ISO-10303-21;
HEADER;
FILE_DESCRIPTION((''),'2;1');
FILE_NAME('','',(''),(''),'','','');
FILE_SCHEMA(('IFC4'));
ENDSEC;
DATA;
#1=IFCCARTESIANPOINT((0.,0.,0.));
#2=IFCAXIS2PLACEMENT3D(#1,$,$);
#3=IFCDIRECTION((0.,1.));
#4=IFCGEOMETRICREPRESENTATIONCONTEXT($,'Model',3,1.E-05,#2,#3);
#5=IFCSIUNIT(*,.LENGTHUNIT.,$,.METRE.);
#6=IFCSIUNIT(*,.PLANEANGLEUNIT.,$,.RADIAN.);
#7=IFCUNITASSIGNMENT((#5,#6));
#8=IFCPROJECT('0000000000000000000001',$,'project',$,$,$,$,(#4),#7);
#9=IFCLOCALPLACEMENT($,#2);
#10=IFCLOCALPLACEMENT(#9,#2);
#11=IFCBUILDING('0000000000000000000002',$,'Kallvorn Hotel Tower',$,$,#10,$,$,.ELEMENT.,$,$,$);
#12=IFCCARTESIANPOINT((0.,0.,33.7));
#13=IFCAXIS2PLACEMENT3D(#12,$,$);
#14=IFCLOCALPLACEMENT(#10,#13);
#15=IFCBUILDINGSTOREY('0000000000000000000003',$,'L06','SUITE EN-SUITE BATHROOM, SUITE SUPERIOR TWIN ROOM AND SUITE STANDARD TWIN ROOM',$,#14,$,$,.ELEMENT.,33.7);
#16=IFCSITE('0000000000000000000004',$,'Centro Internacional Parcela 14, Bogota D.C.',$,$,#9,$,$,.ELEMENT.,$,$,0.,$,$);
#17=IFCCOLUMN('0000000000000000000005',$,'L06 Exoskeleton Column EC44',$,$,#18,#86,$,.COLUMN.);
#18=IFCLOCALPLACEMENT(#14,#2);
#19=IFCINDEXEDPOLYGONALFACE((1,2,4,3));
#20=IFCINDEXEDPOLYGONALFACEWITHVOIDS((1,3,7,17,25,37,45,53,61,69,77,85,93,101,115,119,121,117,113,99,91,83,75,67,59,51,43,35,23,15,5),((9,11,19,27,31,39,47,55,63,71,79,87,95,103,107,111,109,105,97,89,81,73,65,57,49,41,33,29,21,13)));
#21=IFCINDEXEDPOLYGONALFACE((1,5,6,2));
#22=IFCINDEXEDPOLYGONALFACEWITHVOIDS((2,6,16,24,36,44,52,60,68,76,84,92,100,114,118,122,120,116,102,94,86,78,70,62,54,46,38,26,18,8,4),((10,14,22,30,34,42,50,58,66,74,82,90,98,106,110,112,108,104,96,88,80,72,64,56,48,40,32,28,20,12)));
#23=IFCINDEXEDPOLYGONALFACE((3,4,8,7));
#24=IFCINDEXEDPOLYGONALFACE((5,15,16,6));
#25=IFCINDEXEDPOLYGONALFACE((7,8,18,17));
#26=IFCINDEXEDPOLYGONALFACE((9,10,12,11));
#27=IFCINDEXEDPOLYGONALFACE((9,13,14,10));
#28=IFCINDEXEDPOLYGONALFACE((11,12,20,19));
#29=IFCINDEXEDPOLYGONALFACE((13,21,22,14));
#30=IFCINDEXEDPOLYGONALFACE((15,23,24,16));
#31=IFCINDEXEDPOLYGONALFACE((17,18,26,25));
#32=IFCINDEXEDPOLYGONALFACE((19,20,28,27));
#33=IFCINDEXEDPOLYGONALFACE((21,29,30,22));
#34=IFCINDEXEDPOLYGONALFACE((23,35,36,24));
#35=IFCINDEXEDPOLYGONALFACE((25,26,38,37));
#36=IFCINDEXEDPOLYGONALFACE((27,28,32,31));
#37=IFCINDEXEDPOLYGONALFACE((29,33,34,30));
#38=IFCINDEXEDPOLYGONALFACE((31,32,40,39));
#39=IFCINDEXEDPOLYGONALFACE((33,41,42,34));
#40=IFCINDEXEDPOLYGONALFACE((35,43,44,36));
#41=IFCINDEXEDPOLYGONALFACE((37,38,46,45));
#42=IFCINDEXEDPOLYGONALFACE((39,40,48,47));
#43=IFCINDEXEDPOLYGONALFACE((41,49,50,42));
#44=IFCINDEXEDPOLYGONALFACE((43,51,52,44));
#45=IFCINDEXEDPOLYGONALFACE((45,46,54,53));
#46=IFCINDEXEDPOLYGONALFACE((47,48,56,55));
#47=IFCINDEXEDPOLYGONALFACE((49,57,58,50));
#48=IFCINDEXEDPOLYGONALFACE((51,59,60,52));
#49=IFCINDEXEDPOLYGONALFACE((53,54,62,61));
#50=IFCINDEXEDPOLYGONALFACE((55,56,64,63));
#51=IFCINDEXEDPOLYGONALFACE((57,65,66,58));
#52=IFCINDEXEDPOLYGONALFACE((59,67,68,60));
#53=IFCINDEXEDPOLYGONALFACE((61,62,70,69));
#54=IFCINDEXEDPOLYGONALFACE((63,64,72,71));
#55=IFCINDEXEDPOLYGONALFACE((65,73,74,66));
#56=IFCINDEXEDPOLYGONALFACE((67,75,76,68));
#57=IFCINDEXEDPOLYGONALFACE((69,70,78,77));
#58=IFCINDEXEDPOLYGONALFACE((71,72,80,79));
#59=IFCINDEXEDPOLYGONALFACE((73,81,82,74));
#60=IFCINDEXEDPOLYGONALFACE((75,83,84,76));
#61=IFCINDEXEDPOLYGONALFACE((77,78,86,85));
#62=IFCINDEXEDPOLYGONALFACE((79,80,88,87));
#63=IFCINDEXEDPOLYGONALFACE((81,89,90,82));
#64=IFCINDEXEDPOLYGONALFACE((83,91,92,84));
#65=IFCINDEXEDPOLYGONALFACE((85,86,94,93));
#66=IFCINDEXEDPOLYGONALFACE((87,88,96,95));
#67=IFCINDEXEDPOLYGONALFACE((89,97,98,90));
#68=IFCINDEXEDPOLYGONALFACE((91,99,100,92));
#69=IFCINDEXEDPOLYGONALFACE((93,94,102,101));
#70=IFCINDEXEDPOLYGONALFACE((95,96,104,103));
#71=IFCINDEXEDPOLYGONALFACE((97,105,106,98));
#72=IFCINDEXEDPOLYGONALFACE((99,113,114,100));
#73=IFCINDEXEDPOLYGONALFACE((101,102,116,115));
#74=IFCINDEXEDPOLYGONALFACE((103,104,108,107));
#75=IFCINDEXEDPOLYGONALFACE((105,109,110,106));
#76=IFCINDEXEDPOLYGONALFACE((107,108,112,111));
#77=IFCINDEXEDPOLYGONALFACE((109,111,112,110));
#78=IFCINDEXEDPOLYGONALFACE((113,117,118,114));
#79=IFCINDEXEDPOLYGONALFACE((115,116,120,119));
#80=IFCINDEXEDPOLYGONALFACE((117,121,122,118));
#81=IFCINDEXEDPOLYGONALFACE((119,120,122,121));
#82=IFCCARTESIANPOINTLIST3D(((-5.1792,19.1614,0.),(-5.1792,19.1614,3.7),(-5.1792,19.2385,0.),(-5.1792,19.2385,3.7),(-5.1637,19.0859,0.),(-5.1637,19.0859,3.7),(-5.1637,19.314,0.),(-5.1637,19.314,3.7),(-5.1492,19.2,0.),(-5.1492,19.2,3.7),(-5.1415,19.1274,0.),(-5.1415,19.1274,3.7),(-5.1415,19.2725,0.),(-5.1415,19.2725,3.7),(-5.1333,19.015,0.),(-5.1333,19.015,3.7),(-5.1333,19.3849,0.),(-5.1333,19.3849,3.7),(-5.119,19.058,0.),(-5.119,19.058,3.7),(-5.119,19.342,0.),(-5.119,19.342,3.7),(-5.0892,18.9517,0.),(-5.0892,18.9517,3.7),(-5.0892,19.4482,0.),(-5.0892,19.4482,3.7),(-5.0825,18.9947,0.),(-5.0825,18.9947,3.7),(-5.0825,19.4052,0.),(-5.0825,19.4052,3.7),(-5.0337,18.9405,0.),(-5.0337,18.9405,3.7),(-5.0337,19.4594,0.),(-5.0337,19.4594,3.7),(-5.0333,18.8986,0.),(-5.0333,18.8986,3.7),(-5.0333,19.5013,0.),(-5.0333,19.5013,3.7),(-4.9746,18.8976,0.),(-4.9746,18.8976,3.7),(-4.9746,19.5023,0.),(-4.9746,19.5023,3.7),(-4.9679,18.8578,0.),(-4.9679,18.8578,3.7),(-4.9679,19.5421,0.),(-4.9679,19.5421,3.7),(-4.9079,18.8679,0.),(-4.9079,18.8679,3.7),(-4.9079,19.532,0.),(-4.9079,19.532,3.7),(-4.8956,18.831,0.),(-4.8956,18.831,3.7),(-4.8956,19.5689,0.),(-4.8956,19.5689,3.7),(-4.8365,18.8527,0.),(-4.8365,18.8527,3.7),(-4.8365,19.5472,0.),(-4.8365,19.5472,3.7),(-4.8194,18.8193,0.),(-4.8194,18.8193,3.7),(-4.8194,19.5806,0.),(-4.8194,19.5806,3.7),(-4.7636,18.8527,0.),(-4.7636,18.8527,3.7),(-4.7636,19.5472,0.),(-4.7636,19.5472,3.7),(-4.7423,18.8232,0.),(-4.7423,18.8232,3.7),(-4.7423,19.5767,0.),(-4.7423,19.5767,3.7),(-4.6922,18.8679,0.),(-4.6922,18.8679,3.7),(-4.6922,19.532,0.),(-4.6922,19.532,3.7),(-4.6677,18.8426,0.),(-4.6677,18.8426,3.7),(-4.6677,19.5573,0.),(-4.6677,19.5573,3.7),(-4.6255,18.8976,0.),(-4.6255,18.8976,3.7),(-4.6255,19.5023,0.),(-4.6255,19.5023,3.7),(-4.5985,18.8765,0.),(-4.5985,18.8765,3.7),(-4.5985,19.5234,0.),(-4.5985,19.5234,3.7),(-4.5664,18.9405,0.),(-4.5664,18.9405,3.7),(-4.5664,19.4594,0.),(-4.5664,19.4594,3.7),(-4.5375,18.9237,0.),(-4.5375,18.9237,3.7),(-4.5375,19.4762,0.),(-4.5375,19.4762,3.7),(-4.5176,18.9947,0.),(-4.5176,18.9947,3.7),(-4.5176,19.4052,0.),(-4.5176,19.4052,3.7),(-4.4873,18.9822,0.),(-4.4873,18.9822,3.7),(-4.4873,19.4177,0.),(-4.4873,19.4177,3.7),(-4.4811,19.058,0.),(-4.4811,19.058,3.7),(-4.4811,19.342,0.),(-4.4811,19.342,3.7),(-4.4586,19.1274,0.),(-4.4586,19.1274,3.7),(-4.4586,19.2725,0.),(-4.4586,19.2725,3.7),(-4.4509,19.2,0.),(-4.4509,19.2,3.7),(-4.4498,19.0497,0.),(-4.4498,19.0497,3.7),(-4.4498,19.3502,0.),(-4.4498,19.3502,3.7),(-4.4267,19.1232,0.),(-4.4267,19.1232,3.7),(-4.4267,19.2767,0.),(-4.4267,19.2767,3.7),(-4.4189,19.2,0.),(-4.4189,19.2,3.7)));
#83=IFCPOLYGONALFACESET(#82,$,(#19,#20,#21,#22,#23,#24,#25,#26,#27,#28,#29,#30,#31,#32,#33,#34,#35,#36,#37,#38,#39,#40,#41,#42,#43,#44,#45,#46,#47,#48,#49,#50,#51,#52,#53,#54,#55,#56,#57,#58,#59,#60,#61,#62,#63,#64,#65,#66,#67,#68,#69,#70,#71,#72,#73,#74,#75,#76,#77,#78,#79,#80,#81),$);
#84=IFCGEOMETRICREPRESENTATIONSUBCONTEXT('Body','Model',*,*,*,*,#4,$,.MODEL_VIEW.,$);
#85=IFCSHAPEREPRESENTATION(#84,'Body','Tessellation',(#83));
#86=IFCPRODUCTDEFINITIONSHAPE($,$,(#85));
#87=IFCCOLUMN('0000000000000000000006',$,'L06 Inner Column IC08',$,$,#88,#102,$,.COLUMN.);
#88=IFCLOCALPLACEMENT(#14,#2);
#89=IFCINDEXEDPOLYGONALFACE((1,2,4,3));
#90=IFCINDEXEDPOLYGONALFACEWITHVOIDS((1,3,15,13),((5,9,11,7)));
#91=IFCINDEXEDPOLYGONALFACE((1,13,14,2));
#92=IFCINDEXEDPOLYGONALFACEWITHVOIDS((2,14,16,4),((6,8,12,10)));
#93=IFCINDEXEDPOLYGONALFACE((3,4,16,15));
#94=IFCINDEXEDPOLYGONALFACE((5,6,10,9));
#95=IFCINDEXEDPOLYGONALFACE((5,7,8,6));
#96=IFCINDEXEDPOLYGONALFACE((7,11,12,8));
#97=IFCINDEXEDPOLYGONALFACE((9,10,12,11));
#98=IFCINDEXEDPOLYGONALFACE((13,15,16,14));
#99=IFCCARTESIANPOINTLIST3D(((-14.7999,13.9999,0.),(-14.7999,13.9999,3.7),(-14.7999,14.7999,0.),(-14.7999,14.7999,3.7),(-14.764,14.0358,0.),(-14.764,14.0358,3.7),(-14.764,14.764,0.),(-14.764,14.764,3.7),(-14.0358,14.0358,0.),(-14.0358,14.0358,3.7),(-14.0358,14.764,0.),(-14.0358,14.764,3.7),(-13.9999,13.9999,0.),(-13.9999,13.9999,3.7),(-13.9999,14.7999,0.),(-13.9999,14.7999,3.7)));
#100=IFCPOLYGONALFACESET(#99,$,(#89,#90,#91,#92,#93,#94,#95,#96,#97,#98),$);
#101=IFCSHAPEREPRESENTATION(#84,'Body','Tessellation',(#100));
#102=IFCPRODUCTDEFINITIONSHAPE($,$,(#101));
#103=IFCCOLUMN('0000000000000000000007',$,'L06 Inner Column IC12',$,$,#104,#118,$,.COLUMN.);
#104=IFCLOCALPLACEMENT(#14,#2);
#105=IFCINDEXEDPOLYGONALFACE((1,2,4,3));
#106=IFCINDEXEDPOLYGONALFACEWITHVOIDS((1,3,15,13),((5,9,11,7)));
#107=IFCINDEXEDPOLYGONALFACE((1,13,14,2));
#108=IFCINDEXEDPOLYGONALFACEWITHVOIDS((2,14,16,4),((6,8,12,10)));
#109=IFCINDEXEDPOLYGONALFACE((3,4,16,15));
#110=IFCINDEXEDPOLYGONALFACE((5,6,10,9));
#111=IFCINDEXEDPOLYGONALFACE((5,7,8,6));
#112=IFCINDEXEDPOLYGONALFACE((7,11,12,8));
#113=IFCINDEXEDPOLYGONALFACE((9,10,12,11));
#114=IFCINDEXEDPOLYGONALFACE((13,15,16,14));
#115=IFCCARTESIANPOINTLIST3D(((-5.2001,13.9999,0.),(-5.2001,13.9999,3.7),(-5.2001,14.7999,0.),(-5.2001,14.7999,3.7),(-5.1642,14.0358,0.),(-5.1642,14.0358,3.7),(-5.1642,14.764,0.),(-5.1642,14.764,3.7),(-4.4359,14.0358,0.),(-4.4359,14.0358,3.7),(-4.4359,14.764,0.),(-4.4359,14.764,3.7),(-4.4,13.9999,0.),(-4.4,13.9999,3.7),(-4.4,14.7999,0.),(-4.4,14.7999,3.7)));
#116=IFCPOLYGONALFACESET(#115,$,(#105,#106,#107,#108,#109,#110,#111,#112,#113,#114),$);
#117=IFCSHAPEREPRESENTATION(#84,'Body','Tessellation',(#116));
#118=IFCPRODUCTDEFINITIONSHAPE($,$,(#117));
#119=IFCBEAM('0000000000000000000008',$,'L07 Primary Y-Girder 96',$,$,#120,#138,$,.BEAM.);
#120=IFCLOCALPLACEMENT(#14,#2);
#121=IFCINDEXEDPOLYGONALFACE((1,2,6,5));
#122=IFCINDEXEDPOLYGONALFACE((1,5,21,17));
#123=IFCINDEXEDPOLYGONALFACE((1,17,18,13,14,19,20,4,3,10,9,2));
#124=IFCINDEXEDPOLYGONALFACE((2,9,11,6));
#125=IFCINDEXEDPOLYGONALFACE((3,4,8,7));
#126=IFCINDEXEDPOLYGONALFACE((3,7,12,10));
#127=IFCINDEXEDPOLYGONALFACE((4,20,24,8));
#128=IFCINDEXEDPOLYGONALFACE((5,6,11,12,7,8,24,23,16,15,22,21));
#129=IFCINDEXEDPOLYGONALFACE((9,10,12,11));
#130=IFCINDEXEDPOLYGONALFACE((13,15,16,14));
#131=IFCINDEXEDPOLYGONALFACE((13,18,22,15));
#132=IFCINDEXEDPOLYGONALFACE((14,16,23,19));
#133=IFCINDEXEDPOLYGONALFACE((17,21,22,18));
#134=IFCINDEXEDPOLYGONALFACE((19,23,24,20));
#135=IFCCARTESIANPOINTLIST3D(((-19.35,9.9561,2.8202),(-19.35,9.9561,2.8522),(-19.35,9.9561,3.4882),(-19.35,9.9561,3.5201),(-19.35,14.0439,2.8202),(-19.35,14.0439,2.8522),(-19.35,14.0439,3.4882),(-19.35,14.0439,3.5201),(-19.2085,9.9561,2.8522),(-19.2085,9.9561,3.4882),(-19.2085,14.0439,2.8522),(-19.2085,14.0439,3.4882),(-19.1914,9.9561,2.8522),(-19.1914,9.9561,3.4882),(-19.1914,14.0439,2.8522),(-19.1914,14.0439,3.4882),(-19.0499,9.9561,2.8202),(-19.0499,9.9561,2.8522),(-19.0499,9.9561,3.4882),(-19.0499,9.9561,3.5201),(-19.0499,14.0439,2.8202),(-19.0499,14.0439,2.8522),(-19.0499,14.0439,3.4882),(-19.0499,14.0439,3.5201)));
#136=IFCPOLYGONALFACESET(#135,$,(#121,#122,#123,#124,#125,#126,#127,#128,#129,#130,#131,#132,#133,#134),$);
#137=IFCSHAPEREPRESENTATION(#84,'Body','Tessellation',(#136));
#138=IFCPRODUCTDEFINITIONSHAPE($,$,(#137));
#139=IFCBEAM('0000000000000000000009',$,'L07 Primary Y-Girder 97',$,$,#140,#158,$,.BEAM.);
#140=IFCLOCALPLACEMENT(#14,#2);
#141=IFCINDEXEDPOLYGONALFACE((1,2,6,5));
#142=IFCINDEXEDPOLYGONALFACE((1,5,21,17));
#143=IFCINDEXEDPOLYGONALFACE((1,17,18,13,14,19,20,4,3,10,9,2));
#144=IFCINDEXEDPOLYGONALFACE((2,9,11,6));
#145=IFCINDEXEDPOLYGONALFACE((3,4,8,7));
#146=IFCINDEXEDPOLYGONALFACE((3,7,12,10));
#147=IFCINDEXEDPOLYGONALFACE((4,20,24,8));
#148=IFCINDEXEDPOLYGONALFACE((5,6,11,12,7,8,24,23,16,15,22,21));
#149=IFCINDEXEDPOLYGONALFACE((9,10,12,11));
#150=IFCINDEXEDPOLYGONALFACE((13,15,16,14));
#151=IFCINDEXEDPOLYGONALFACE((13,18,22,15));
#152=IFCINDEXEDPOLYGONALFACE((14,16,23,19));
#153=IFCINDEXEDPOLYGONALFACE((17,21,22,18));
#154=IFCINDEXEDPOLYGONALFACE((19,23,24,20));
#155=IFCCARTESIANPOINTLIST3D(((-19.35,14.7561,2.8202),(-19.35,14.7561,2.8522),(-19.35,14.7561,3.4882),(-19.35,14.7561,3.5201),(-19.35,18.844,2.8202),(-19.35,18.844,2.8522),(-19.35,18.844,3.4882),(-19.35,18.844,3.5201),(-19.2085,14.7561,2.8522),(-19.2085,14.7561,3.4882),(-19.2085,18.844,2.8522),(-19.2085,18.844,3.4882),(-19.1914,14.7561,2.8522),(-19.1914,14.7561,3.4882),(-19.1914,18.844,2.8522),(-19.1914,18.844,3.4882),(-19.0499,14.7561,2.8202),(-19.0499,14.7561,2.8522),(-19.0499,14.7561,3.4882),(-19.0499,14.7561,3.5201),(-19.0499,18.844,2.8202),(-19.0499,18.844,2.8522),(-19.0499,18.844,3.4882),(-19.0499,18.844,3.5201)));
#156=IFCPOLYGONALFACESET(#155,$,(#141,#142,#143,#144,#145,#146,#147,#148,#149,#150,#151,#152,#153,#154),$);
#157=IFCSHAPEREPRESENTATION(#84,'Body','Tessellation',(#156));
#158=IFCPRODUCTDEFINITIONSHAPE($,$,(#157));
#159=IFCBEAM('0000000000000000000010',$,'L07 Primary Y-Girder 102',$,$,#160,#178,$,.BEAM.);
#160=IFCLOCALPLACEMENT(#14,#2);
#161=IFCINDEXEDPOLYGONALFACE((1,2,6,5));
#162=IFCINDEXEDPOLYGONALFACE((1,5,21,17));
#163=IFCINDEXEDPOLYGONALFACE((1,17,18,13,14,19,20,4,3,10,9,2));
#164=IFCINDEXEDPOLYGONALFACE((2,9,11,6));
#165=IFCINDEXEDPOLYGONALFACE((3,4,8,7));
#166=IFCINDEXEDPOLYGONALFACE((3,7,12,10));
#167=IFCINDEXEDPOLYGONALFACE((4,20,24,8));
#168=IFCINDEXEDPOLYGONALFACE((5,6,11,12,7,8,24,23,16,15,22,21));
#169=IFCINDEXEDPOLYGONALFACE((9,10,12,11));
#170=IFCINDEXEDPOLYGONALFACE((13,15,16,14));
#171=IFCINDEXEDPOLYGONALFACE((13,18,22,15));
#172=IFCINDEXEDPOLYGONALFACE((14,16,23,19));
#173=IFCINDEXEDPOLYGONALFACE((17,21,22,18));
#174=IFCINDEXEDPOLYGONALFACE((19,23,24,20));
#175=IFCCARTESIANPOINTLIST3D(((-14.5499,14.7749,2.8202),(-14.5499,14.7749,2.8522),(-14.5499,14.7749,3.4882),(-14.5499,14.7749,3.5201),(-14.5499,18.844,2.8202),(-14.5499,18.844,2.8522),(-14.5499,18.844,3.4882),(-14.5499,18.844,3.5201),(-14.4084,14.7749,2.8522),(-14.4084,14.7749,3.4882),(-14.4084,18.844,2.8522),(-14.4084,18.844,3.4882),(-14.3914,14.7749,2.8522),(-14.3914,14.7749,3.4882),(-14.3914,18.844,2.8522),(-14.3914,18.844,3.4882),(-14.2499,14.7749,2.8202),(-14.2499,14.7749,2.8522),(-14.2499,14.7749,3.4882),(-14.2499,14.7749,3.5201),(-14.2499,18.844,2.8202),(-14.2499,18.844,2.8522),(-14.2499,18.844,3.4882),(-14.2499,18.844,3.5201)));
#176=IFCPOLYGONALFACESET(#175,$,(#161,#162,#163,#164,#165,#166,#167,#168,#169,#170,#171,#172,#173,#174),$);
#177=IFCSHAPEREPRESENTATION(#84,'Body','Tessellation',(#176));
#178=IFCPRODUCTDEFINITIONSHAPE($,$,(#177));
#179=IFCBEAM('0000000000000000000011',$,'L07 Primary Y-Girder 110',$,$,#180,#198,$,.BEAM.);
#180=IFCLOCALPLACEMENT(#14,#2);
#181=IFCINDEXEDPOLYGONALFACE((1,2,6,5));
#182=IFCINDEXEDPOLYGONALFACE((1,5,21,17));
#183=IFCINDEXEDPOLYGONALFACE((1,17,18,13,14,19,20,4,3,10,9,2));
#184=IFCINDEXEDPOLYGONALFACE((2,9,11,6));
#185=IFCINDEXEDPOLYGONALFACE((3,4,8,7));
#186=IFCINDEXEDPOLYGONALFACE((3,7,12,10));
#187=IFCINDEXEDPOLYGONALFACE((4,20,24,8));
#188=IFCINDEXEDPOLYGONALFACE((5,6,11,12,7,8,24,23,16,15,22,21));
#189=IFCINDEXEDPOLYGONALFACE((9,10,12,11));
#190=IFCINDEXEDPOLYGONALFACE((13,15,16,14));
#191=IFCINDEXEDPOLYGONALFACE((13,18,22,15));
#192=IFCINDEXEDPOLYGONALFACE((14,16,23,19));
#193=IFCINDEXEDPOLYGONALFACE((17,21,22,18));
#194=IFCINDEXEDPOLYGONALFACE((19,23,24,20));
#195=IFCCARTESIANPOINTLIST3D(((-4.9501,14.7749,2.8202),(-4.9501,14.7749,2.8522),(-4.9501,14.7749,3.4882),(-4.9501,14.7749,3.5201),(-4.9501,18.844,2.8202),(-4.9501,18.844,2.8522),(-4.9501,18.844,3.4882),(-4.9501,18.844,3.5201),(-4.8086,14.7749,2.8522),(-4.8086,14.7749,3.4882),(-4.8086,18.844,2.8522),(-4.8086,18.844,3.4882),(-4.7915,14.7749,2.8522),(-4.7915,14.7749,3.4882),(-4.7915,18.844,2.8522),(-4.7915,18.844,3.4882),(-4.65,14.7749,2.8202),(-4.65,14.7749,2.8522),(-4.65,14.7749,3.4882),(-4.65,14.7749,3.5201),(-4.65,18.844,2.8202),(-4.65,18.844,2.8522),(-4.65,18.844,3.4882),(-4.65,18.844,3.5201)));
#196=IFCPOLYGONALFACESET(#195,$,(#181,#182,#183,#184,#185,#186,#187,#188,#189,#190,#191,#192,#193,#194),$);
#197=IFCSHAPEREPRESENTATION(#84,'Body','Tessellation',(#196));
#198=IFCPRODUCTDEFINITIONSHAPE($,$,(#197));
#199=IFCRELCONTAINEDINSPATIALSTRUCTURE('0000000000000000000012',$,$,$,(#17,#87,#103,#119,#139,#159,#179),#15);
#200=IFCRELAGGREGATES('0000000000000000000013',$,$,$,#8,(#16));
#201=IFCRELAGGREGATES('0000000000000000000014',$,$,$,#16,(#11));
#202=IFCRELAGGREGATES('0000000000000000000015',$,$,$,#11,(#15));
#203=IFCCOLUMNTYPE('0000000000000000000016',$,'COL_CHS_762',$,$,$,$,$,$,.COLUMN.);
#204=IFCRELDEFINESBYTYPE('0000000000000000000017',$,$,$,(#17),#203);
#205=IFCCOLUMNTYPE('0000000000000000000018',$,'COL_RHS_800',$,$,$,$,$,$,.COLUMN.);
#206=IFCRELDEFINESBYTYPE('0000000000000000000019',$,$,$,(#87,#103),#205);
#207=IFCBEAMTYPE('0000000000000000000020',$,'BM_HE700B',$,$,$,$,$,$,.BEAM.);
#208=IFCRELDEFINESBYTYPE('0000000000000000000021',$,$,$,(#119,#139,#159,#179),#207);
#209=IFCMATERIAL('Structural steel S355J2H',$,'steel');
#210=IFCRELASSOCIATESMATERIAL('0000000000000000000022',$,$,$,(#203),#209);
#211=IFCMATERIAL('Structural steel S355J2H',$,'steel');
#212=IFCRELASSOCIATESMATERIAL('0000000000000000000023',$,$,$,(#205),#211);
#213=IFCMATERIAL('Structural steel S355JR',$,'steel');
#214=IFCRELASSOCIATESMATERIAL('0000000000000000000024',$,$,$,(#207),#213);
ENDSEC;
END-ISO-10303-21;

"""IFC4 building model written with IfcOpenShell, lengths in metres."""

from ifc_helpers import new_model, si_unit, direction, frame, origin, origin_2d, place, context, subcontext, project, spatial, hollow_rectangle, hollow_circle, i_section, extrude, material, material_profile, profile_set, type_object, element, save


model = new_model("IFC4")

# Units and contexts
model_context = context("Model", 3, precision=1e-05, world=origin(), true_north=direction((0.0, 1.0)))
body_context = subcontext(model_context, "Body", "Model", "MODEL_VIEW")
ifc_project = project(units=[si_unit("LENGTHUNIT", "METRE"), si_unit("PLANEANGLEUNIT", "RADIAN")], contexts=[model_context])

# Site, building, storey
site_placement = place(None, origin())
site = spatial("IfcSite", under=ifc_project, at=site_placement, Name="Centro Internacional Parcela 14, Bogota D.C.", CompositionType="ELEMENT", RefElevation=0.0)
building_placement = place(site_placement, origin())
building = spatial("IfcBuilding", under=site, at=building_placement, Name="Kallvorn Hotel Tower", CompositionType="ELEMENT")
storey_placement = place(building_placement, frame((0.0, 0.0, 33.7)))
storey = spatial("IfcBuildingStorey", under=building, at=storey_placement, Name="L06", Description="SUITE EN-SUITE BATHROOM, SUITE SUPERIOR TWIN ROOM AND SUITE STANDARD TWIN ROOM", CompositionType="ELEMENT", Elevation=33.7)

# Columns
ifc_material_1 = material(Name="Structural steel S355J2H", Category="steel")
ifc_material_profile_1 = material_profile(ifc_material_1, hollow_circle(Radius=0.3811, WallThickness=0.032, at=origin_2d()), Name="CHS 762x32")
ifc_profile_set_1 = profile_set([ifc_material_profile_1], Name="Structural steel S355J2H")
column_type_1 = type_object("IfcColumnType", Name="COL_CHS_762", PredefinedType="COLUMN", material=ifc_profile_set_1)
for number, where, z_axis, x_axis, name in (
    (1, (-4.8, 19.2, 0.0), (0.0, 0.0, 1.0), (1.0, 0.0, 0.0), "L06 Exoskeleton Column EC44"),
):
    element("IfcColumn", number, at=place(storey_placement, frame(where, z_axis=z_axis, x_axis=x_axis)), inside=storey, type_object=column_type_1, Name=name, PredefinedType="COLUMN", context=body_context, shape_type="SweptSolid", body=[
        extrude(hollow_circle(Radius=0.3811, WallThickness=0.032, at=origin_2d()), origin(), (0.0, 0.0, 1.0), 3.7),
    ])
ifc_material_2 = material(Name="Structural steel S355J2H", Category="steel")
ifc_material_profile_2 = material_profile(ifc_material_2, hollow_rectangle(XDim=0.8, YDim=0.8, WallThickness=0.0359, at=origin_2d()), Name="RHS 800x800x36")
ifc_profile_set_2 = profile_set([ifc_material_profile_2], Name="Structural steel S355J2H")
column_type_2 = type_object("IfcColumnType", Name="COL_RHS_800", PredefinedType="COLUMN", material=ifc_profile_set_2)
for number, where, z_axis, x_axis, name in (
    (2, (-14.3999, 14.3999, 0.0), (0.0, 0.0, 1.0), (1.0, 0.0, 0.0), "L06 Inner Column IC08"),
    (3, (-4.8, 14.3999, 0.0), (0.0, 0.0, 1.0), (1.0, 0.0, 0.0), "L06 Inner Column IC12"),
):
    element("IfcColumn", number, at=place(storey_placement, frame(where, z_axis=z_axis, x_axis=x_axis)), inside=storey, type_object=column_type_2, Name=name, PredefinedType="COLUMN", context=body_context, shape_type="SweptSolid", body=[
        extrude(hollow_rectangle(XDim=0.8, YDim=0.8, WallThickness=0.0359, at=origin_2d()), origin(), (0.0, 0.0, 1.0), 3.7),
    ])

# Beams
ifc_material_3 = material(Name="Structural steel S355JR", Category="steel")
ifc_material_profile_3 = material_profile(ifc_material_3, i_section(OverallWidth=0.3, OverallDepth=0.7, WebThickness=0.0171, FlangeThickness=0.032, at=origin_2d()), Name="HE 700 B")
ifc_profile_set_3 = profile_set([ifc_material_profile_3], Name="Structural steel S355JR")
beam_type_1 = type_object("IfcBeamType", Name="BM_HE700B", PredefinedType="BEAM", material=ifc_profile_set_3)
for number, where, z_axis, x_axis, name in (
    (4, (-19.2, 9.9561, 3.1702), (0.0, 1.0, 0.0), (-1.0, 0.0, 0.0), "L07 Primary Y-Girder 96"),
    (5, (-19.2, 14.7561, 3.1702), (0.0, 1.0, 0.0), (-1.0, 0.0, 0.0), "L07 Primary Y-Girder 97"),
):
    element("IfcBeam", number, at=place(storey_placement, frame(where, z_axis=z_axis, x_axis=x_axis)), inside=storey, type_object=beam_type_1, Name=name, PredefinedType="BEAM", context=body_context, shape_type="SweptSolid", body=[
        extrude(i_section(OverallWidth=0.3, OverallDepth=0.7, WebThickness=0.0171, FlangeThickness=0.032, at=origin_2d()), origin(), (0.0, 0.0, 1.0), 4.0879),
    ])
for number, where, z_axis, x_axis, name in (
    (6, (-14.3999, 14.7749, 3.1702), (0.0, 1.0, 0.0), (-1.0, 0.0, 0.0), "L07 Primary Y-Girder 102"),
    (7, (-4.8, 14.7749, 3.1702), (0.0, 1.0, 0.0), (-1.0, 0.0, 0.0), "L07 Primary Y-Girder 110"),
):
    element("IfcBeam", number, at=place(storey_placement, frame(where, z_axis=z_axis, x_axis=x_axis)), inside=storey, type_object=beam_type_1, Name=name, PredefinedType="BEAM", context=body_context, shape_type="SweptSolid", body=[
        extrude(i_section(OverallWidth=0.3, OverallDepth=0.7, WebThickness=0.0171, FlangeThickness=0.032, at=origin_2d()), origin(), (0.0, 0.0, 1.0), 4.0691),
    ])

save(model, "model.ifc")
